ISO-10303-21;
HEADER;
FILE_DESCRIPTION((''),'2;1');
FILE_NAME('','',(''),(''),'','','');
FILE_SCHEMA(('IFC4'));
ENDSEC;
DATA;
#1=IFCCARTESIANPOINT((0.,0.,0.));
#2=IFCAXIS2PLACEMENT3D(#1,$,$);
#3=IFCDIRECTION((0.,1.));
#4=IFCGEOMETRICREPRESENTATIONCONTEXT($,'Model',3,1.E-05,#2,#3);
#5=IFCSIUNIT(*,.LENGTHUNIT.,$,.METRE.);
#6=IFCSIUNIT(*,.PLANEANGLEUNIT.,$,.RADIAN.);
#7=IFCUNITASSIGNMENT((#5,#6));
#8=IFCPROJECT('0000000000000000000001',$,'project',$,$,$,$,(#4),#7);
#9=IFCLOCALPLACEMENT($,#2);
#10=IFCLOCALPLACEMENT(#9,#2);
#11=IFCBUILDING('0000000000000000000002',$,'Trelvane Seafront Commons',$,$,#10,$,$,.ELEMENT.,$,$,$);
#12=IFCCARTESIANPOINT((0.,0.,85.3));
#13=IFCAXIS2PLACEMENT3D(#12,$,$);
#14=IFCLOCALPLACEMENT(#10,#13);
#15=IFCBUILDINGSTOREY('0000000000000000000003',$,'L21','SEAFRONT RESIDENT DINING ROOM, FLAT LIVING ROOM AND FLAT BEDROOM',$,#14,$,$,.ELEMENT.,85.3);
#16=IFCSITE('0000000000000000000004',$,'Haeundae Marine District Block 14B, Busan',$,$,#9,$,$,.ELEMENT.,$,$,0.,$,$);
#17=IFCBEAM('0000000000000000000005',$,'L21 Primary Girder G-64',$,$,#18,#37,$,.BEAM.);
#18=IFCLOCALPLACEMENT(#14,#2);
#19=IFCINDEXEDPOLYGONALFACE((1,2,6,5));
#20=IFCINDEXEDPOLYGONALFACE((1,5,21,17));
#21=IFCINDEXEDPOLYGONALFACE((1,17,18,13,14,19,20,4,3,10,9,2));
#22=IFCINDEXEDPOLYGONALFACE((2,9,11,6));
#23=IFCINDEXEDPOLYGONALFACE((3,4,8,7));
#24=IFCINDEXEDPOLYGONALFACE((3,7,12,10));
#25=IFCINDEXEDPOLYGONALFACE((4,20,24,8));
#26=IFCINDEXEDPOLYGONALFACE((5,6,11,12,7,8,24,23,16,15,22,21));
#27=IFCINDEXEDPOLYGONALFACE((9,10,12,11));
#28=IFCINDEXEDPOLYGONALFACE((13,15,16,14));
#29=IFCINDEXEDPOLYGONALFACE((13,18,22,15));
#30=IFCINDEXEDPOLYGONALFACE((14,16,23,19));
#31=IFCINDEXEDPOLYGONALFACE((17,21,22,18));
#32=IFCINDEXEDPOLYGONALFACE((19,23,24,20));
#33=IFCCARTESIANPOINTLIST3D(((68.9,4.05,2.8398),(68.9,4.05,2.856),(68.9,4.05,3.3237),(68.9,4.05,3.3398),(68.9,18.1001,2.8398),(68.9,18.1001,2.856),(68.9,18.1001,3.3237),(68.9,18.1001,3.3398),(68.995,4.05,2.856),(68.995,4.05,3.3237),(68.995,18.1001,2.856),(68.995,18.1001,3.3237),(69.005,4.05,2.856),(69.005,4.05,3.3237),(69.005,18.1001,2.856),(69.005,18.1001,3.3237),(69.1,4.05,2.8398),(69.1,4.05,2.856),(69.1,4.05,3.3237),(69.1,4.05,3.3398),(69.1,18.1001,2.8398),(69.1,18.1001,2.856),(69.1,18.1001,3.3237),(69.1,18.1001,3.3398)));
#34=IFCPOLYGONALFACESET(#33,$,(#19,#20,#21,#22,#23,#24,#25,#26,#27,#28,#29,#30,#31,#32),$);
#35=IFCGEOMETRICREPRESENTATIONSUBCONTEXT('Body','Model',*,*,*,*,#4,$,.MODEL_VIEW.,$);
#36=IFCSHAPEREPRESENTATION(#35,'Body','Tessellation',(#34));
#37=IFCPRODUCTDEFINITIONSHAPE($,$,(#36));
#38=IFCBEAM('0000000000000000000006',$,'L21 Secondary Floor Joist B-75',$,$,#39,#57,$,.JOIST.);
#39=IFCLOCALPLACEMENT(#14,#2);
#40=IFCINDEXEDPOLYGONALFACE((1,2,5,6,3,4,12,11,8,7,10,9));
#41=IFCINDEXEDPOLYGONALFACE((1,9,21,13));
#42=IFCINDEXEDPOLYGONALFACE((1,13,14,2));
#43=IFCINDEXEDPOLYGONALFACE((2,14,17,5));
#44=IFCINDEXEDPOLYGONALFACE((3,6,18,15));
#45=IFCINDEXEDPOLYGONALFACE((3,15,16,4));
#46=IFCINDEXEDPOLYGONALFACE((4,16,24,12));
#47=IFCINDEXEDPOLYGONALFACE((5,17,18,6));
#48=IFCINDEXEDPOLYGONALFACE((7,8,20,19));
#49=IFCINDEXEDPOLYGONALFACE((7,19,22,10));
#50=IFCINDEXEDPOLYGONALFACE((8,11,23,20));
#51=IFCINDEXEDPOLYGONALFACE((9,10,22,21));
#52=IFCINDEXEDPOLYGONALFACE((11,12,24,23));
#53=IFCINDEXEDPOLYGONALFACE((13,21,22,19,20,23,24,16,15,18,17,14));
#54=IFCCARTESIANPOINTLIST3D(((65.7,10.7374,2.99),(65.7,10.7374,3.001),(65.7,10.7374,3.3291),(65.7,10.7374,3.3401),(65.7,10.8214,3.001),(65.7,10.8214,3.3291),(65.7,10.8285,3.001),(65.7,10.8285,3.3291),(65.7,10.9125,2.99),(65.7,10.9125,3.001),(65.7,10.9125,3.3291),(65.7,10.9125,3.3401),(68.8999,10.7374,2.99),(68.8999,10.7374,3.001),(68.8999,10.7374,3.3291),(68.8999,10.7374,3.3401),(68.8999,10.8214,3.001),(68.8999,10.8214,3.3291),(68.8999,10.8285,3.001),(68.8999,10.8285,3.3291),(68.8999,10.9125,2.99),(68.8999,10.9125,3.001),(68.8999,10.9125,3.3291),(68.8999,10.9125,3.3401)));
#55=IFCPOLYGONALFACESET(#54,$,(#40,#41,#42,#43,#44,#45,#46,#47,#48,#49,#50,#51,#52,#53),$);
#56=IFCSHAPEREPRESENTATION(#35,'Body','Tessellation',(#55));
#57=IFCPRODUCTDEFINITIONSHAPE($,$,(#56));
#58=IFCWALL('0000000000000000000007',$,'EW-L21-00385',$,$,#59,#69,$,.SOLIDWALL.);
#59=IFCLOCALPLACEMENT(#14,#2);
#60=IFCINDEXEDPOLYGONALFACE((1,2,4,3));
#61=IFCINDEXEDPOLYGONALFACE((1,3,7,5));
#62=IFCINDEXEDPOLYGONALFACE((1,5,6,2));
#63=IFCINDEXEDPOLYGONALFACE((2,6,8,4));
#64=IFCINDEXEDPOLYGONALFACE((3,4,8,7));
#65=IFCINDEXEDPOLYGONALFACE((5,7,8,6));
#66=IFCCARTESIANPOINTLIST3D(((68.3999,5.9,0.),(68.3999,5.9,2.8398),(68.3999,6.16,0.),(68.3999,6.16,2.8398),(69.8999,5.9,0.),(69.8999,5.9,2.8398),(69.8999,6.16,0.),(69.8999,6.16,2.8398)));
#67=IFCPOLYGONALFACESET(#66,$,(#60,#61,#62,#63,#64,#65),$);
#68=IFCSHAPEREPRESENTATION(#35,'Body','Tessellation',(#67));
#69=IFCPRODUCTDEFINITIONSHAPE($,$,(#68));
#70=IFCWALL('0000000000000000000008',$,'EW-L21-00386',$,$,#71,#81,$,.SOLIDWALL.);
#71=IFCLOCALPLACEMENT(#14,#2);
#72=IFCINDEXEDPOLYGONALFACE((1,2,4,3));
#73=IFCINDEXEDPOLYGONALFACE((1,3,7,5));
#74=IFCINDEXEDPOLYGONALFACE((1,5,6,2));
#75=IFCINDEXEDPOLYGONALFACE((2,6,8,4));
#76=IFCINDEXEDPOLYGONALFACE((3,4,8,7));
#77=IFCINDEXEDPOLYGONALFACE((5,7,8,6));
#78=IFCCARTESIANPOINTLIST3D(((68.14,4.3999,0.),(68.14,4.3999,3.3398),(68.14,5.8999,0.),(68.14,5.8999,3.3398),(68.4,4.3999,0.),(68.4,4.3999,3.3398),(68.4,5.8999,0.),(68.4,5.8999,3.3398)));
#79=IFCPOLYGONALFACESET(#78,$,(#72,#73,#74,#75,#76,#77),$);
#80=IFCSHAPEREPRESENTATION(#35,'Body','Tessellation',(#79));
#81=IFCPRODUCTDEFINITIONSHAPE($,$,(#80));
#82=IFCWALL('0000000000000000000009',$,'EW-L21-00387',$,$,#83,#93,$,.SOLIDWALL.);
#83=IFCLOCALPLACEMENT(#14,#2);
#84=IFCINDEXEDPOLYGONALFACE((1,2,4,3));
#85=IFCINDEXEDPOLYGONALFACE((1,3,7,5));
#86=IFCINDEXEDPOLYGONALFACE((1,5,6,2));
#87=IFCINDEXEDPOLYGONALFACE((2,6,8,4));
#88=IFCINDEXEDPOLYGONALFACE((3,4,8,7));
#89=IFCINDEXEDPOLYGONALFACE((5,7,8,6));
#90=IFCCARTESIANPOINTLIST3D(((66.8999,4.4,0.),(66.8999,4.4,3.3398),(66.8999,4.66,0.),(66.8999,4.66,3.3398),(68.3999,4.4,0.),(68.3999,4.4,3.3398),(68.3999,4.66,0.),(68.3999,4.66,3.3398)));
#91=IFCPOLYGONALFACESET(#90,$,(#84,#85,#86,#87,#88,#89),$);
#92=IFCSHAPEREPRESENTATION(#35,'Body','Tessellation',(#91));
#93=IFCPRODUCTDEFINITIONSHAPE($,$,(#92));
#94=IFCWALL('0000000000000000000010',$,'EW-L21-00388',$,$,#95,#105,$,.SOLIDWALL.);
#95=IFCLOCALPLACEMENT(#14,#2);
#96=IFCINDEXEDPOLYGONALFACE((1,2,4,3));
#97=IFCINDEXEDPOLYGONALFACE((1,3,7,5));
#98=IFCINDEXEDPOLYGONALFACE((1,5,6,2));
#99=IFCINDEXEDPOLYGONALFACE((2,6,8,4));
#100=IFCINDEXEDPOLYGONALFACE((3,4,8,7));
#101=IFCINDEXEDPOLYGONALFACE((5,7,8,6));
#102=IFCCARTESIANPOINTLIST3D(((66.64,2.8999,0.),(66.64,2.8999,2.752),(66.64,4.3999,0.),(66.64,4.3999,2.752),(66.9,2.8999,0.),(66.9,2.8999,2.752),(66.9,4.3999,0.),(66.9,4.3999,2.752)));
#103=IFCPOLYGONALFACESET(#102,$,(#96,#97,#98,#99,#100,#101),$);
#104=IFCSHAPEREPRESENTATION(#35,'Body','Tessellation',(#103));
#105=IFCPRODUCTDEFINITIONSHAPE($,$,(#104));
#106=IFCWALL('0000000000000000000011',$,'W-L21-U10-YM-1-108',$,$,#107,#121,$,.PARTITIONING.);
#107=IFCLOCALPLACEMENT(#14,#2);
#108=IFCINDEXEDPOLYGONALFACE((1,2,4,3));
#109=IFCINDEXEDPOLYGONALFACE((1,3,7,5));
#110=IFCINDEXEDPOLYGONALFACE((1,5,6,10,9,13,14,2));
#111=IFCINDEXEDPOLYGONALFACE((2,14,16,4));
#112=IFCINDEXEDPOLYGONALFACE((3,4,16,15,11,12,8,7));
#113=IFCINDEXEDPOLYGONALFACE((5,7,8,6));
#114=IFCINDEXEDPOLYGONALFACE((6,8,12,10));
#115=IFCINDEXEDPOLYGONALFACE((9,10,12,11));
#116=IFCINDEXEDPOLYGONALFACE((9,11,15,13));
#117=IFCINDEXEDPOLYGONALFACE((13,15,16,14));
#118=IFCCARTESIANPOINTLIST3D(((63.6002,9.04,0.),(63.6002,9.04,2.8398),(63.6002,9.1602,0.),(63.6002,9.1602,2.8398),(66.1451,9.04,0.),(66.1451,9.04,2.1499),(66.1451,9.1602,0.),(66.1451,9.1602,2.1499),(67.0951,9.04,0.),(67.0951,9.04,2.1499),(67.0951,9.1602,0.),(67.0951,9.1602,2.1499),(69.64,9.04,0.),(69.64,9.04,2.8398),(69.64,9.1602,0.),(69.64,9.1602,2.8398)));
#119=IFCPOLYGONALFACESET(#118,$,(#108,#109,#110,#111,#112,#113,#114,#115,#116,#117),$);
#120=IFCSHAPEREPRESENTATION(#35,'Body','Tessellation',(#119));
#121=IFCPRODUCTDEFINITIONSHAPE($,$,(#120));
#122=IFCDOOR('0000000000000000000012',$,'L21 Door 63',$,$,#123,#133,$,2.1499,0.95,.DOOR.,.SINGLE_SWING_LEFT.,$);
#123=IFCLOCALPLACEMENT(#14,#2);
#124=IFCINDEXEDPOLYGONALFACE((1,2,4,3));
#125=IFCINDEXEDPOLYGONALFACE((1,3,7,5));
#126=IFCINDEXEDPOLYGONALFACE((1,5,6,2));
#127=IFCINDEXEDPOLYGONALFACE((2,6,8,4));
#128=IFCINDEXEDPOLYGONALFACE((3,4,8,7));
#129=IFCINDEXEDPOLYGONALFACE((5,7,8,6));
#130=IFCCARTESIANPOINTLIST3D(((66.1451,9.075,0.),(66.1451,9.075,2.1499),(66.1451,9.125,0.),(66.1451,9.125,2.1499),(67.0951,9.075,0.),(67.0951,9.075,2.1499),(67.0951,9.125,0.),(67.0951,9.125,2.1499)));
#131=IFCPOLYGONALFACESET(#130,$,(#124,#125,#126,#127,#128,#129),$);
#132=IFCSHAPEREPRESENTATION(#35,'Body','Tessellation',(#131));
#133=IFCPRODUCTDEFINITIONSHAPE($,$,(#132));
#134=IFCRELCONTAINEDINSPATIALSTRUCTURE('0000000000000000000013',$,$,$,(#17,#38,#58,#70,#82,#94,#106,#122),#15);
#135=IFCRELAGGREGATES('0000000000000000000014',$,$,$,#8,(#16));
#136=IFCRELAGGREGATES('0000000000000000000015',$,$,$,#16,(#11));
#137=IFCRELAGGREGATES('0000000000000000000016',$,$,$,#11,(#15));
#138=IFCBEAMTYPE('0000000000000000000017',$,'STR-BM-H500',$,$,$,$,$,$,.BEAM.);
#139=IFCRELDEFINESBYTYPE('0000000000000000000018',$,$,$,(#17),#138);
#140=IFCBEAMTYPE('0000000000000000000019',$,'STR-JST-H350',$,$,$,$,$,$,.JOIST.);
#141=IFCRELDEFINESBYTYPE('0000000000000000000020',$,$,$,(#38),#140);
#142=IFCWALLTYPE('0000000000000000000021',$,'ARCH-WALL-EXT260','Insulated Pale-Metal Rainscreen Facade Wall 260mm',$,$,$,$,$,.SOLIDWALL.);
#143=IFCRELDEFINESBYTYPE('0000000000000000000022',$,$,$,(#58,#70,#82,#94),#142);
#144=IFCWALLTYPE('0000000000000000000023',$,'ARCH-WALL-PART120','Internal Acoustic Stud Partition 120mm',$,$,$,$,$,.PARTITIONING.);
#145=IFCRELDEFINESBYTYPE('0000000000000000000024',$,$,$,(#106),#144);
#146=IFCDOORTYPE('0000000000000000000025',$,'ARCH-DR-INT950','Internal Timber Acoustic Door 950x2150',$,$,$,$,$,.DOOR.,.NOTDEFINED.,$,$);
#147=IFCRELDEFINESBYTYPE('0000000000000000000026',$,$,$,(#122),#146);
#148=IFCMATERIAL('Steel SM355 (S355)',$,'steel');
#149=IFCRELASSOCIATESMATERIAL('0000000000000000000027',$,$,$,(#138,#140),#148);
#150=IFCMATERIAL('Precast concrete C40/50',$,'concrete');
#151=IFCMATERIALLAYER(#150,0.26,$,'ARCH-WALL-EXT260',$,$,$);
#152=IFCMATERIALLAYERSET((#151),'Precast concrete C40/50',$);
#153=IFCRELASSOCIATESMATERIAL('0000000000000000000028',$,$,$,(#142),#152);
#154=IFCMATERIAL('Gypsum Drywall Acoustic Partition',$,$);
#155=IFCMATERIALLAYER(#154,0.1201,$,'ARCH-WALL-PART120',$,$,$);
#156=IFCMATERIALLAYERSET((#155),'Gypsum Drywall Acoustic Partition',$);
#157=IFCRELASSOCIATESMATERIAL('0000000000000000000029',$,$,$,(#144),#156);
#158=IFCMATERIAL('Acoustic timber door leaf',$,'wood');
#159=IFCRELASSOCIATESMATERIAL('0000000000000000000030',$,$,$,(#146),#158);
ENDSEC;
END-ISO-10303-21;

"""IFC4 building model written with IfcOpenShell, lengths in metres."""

from ifc_helpers import new_model, si_unit, direction, frame, frame_2d, origin, origin_2d, place, context, subcontext, project, spatial, rectangle, i_section, extrude, source, transform, mapped, material, layer, layer_set, material_profile, profile_set, type_object, element, fill, save


model = new_model("IFC4")

# Units and contexts
model_context = context("Model", 3, precision=1e-05, world=origin(), true_north=direction((0.0, 1.0)))
body_context = subcontext(model_context, "Body", "Model", "MODEL_VIEW")
ifc_project = project(units=[si_unit("LENGTHUNIT", "METRE"), si_unit("PLANEANGLEUNIT", "RADIAN")], contexts=[model_context])

# Site, building, storey
site_placement = place(None, origin())
site = spatial("IfcSite", under=ifc_project, at=site_placement, Name="Haeundae Marine District Block 14B, Busan", CompositionType="ELEMENT", RefElevation=0.0)
building_placement = place(site_placement, origin())
building = spatial("IfcBuilding", under=site, at=building_placement, Name="Trelvane Seafront Commons", CompositionType="ELEMENT")
storey_placement = place(building_placement, frame((0.0, 0.0, 85.3)))
storey = spatial("IfcBuildingStorey", under=building, at=storey_placement, Name="L21", Description="SEAFRONT RESIDENT DINING ROOM, FLAT LIVING ROOM AND FLAT BEDROOM", CompositionType="ELEMENT", Elevation=85.3)

# Beams
ifc_material_1 = material(Name="Steel SM355 (S355)", Category="steel")
ifc_material_profile_1 = material_profile(ifc_material_1, i_section(OverallWidth=0.2, OverallDepth=0.5, WebThickness=0.01, FlangeThickness=0.0161, at=origin_2d()), Name="H-500x200x10x16")
ifc_profile_set_1 = profile_set([ifc_material_profile_1], Name="Steel SM355 (S355)")
beam_type_1 = type_object("IfcBeamType", Name="STR-BM-H500", PredefinedType="BEAM", material=ifc_profile_set_1)
shared_shape_1 = source(origin(), body_context, "Body", "SweptSolid", [
    extrude(i_section(OverallWidth=0.2, OverallDepth=0.5, WebThickness=0.01, FlangeThickness=0.0161, at=origin_2d()), origin(), (0.0, 0.0, 1.0), 14.05),
])
beam_1_placement = place(storey_placement, frame((69.0, 4.05, 3.0898), z_axis=(0.0, 1.0, 0.0), x_axis=(-1.0, 0.0, 0.0)))
element("IfcBeam", 1, at=beam_1_placement, inside=storey, type_object=beam_type_1, Name="L21 Primary Girder G-64", PredefinedType="BEAM", context=body_context, shape_type="MappedRepresentation", body=[
    mapped(shared_shape_1, transform((0.0, 0.0, 0.0), x_axis=(1.0, 0.0, 0.0), y_axis=(0.0, 1.0, 0.0), z_axis=(0.0, 0.0, 1.0), scale=1.0)),
])
ifc_material_profile_2 = material_profile(ifc_material_1, i_section(OverallWidth=0.175, OverallDepth=0.3501, WebThickness=0.0071, FlangeThickness=0.011, at=origin_2d()), Name="H-350x175x7x11")
ifc_profile_set_2 = profile_set([ifc_material_profile_2], Name="Steel SM355 (S355)")
beam_type_2 = type_object("IfcBeamType", Name="STR-JST-H350", PredefinedType="JOIST", material=ifc_profile_set_2)
shared_shape_2 = source(origin(), body_context, "Body", "SweptSolid", [
    extrude(i_section(OverallWidth=0.175, OverallDepth=0.3501, WebThickness=0.0071, FlangeThickness=0.011, at=origin_2d()), origin(), (0.0, 0.0, 1.0), 3.2),
])
beam_2_placement = place(storey_placement, frame((65.7, 10.825, 3.165), z_axis=(1.0, 0.0, 0.0), x_axis=(0.0, 1.0, 0.0)))
element("IfcBeam", 2, at=beam_2_placement, inside=storey, type_object=beam_type_2, Name="L21 Secondary Floor Joist B-75", PredefinedType="JOIST", context=body_context, shape_type="MappedRepresentation", body=[
    mapped(shared_shape_2, transform((0.0, 0.0, 0.0), x_axis=(1.0, 0.0, 0.0), y_axis=(0.0, 1.0, 0.0), z_axis=(0.0, 0.0, 1.0), scale=1.0)),
])

# Walls
ifc_material_2 = material(Name="Precast concrete C40/50", Category="concrete")
ifc_layer_1 = layer(ifc_material_2, 0.26, Name="ARCH-WALL-EXT260")
ifc_layer_set_1 = layer_set([ifc_layer_1], Name="Precast concrete C40/50")
wall_type_1 = type_object("IfcWallType", Name="ARCH-WALL-EXT260", Description="Insulated Pale-Metal Rainscreen Facade Wall 260mm", PredefinedType="SOLIDWALL", material=ifc_layer_set_1)
wall_1_placement = place(storey_placement, frame((69.8999, 6.03, 0.0), z_axis=(0.0, 0.0, 1.0), x_axis=(-1.0, 0.0, 0.0)))
element("IfcWall", 3, at=wall_1_placement, inside=storey, type_object=wall_type_1, Name="EW-L21-00385", PredefinedType="SOLIDWALL", context=body_context, shape_type="SweptSolid", body=[
    extrude(rectangle(XDim=1.5, YDim=0.26, at=frame_2d((0.75, 0.0))), origin(), (0.0, 0.0, 1.0), 2.8398),
])
for number, where, z_axis, x_axis, name in (
    (4, (68.27, 5.8999, 0.0), (0.0, 0.0, 1.0), (0.0, -1.0, 0.0), "EW-L21-00386"),
    (5, (68.3999, 4.53, 0.0), (0.0, 0.0, 1.0), (-1.0, 0.0, 0.0), "EW-L21-00387"),
):
    element("IfcWall", number, at=place(storey_placement, frame(where, z_axis=z_axis, x_axis=x_axis)), inside=storey, type_object=wall_type_1, Name=name, PredefinedType="SOLIDWALL", context=body_context, shape_type="SweptSolid", body=[
        extrude(rectangle(XDim=1.5, YDim=0.26, at=frame_2d((0.75, 0.0))), origin(), (0.0, 0.0, 1.0), 3.3398),
    ])
wall_2_placement = place(storey_placement, frame((66.77, 4.3999, 0.0), z_axis=(0.0, 0.0, 1.0), x_axis=(0.0, -1.0, 0.0)))
element("IfcWall", 6, at=wall_2_placement, inside=storey, type_object=wall_type_1, Name="EW-L21-00388", PredefinedType="SOLIDWALL", context=body_context, shape_type="SweptSolid", body=[
    extrude(rectangle(XDim=1.5, YDim=0.26, at=frame_2d((0.75, 0.0))), origin(), (0.0, 0.0, 1.0), 2.752),
])

# Wall, opening, door
ifc_material_3 = material(Name="Gypsum Drywall Acoustic Partition")
ifc_layer_2 = layer(ifc_material_3, 0.1201, Name="ARCH-WALL-PART120")
ifc_layer_set_2 = layer_set([ifc_layer_2], Name="Gypsum Drywall Acoustic Partition")
wall_type_2 = type_object("IfcWallType", Name="ARCH-WALL-PART120", Description="Internal Acoustic Stud Partition 120mm", PredefinedType="PARTITIONING", material=ifc_layer_set_2)
wall_3_placement = place(storey_placement, frame((63.6001, 9.1001, 0.0), z_axis=(0.0, 0.0, 1.0), x_axis=(1.0, 0.0, 0.0)))
wall_3 = element("IfcWall", 7, at=wall_3_placement, inside=storey, type_object=wall_type_2, Name="W-L21-U10-YM-1-108", PredefinedType="PARTITIONING", context=body_context, shape_type="SweptSolid", body=[
    extrude(rectangle(XDim=6.0398, YDim=0.1201, at=frame_2d((3.02, 0.0))), origin(), (0.0, 0.0, 1.0), 2.8398),
])
opening_placement = place(wall_3_placement, frame((2.5449, 0.0, 0.0)))
opening = element("IfcOpeningElement", 8, at=opening_placement, cuts=wall_3, PredefinedType="OPENING", context=body_context, shape_type="SweptSolid", body=[
    extrude(rectangle(XDim=0.95, YDim=2.1499, at=frame_2d((0.4751, 1.075))), frame((0.0, 0.0701, 0.0), z_axis=(0.0, -1.0, 0.0), x_axis=(1.0, 0.0, 0.0)), (0.0, 0.0, 1.0), 0.1401),
])
ifc_material_4 = material(Name="Acoustic timber door leaf", Category="wood")
door_type = type_object("IfcDoorType", Name="ARCH-DR-INT950", Description="Internal Timber Acoustic Door 950x2150", OperationType="NOTDEFINED", PredefinedType="DOOR", material=ifc_material_4)
shared_shape_3 = source(origin(), body_context, "Body", "SweptSolid", [
    extrude(rectangle(XDim=0.95, YDim=2.1499, at=frame_2d((0.4751, 1.075))), frame((0.0, 0.0249, 0.0), z_axis=(0.0, -1.0, 0.0), x_axis=(1.0, 0.0, 0.0)), (0.0, 0.0, 1.0), 0.05),
])
door_placement = place(opening_placement, origin())
door = element("IfcDoor", 9, at=door_placement, inside=storey, type_object=door_type, Name="L21 Door 63", OperationType="SINGLE_SWING_LEFT", OverallHeight=2.1499, OverallWidth=0.95, PredefinedType="DOOR", context=body_context, shape_type="MappedRepresentation", body=[
    mapped(shared_shape_3, transform((0.0, 0.0, 0.0), x_axis=(1.0, 0.0, 0.0), y_axis=(0.0, 1.0, 0.0), z_axis=(0.0, 0.0, 1.0), scale=1.0)),
])
fill(opening, door)

save(model, "model.ifc")
